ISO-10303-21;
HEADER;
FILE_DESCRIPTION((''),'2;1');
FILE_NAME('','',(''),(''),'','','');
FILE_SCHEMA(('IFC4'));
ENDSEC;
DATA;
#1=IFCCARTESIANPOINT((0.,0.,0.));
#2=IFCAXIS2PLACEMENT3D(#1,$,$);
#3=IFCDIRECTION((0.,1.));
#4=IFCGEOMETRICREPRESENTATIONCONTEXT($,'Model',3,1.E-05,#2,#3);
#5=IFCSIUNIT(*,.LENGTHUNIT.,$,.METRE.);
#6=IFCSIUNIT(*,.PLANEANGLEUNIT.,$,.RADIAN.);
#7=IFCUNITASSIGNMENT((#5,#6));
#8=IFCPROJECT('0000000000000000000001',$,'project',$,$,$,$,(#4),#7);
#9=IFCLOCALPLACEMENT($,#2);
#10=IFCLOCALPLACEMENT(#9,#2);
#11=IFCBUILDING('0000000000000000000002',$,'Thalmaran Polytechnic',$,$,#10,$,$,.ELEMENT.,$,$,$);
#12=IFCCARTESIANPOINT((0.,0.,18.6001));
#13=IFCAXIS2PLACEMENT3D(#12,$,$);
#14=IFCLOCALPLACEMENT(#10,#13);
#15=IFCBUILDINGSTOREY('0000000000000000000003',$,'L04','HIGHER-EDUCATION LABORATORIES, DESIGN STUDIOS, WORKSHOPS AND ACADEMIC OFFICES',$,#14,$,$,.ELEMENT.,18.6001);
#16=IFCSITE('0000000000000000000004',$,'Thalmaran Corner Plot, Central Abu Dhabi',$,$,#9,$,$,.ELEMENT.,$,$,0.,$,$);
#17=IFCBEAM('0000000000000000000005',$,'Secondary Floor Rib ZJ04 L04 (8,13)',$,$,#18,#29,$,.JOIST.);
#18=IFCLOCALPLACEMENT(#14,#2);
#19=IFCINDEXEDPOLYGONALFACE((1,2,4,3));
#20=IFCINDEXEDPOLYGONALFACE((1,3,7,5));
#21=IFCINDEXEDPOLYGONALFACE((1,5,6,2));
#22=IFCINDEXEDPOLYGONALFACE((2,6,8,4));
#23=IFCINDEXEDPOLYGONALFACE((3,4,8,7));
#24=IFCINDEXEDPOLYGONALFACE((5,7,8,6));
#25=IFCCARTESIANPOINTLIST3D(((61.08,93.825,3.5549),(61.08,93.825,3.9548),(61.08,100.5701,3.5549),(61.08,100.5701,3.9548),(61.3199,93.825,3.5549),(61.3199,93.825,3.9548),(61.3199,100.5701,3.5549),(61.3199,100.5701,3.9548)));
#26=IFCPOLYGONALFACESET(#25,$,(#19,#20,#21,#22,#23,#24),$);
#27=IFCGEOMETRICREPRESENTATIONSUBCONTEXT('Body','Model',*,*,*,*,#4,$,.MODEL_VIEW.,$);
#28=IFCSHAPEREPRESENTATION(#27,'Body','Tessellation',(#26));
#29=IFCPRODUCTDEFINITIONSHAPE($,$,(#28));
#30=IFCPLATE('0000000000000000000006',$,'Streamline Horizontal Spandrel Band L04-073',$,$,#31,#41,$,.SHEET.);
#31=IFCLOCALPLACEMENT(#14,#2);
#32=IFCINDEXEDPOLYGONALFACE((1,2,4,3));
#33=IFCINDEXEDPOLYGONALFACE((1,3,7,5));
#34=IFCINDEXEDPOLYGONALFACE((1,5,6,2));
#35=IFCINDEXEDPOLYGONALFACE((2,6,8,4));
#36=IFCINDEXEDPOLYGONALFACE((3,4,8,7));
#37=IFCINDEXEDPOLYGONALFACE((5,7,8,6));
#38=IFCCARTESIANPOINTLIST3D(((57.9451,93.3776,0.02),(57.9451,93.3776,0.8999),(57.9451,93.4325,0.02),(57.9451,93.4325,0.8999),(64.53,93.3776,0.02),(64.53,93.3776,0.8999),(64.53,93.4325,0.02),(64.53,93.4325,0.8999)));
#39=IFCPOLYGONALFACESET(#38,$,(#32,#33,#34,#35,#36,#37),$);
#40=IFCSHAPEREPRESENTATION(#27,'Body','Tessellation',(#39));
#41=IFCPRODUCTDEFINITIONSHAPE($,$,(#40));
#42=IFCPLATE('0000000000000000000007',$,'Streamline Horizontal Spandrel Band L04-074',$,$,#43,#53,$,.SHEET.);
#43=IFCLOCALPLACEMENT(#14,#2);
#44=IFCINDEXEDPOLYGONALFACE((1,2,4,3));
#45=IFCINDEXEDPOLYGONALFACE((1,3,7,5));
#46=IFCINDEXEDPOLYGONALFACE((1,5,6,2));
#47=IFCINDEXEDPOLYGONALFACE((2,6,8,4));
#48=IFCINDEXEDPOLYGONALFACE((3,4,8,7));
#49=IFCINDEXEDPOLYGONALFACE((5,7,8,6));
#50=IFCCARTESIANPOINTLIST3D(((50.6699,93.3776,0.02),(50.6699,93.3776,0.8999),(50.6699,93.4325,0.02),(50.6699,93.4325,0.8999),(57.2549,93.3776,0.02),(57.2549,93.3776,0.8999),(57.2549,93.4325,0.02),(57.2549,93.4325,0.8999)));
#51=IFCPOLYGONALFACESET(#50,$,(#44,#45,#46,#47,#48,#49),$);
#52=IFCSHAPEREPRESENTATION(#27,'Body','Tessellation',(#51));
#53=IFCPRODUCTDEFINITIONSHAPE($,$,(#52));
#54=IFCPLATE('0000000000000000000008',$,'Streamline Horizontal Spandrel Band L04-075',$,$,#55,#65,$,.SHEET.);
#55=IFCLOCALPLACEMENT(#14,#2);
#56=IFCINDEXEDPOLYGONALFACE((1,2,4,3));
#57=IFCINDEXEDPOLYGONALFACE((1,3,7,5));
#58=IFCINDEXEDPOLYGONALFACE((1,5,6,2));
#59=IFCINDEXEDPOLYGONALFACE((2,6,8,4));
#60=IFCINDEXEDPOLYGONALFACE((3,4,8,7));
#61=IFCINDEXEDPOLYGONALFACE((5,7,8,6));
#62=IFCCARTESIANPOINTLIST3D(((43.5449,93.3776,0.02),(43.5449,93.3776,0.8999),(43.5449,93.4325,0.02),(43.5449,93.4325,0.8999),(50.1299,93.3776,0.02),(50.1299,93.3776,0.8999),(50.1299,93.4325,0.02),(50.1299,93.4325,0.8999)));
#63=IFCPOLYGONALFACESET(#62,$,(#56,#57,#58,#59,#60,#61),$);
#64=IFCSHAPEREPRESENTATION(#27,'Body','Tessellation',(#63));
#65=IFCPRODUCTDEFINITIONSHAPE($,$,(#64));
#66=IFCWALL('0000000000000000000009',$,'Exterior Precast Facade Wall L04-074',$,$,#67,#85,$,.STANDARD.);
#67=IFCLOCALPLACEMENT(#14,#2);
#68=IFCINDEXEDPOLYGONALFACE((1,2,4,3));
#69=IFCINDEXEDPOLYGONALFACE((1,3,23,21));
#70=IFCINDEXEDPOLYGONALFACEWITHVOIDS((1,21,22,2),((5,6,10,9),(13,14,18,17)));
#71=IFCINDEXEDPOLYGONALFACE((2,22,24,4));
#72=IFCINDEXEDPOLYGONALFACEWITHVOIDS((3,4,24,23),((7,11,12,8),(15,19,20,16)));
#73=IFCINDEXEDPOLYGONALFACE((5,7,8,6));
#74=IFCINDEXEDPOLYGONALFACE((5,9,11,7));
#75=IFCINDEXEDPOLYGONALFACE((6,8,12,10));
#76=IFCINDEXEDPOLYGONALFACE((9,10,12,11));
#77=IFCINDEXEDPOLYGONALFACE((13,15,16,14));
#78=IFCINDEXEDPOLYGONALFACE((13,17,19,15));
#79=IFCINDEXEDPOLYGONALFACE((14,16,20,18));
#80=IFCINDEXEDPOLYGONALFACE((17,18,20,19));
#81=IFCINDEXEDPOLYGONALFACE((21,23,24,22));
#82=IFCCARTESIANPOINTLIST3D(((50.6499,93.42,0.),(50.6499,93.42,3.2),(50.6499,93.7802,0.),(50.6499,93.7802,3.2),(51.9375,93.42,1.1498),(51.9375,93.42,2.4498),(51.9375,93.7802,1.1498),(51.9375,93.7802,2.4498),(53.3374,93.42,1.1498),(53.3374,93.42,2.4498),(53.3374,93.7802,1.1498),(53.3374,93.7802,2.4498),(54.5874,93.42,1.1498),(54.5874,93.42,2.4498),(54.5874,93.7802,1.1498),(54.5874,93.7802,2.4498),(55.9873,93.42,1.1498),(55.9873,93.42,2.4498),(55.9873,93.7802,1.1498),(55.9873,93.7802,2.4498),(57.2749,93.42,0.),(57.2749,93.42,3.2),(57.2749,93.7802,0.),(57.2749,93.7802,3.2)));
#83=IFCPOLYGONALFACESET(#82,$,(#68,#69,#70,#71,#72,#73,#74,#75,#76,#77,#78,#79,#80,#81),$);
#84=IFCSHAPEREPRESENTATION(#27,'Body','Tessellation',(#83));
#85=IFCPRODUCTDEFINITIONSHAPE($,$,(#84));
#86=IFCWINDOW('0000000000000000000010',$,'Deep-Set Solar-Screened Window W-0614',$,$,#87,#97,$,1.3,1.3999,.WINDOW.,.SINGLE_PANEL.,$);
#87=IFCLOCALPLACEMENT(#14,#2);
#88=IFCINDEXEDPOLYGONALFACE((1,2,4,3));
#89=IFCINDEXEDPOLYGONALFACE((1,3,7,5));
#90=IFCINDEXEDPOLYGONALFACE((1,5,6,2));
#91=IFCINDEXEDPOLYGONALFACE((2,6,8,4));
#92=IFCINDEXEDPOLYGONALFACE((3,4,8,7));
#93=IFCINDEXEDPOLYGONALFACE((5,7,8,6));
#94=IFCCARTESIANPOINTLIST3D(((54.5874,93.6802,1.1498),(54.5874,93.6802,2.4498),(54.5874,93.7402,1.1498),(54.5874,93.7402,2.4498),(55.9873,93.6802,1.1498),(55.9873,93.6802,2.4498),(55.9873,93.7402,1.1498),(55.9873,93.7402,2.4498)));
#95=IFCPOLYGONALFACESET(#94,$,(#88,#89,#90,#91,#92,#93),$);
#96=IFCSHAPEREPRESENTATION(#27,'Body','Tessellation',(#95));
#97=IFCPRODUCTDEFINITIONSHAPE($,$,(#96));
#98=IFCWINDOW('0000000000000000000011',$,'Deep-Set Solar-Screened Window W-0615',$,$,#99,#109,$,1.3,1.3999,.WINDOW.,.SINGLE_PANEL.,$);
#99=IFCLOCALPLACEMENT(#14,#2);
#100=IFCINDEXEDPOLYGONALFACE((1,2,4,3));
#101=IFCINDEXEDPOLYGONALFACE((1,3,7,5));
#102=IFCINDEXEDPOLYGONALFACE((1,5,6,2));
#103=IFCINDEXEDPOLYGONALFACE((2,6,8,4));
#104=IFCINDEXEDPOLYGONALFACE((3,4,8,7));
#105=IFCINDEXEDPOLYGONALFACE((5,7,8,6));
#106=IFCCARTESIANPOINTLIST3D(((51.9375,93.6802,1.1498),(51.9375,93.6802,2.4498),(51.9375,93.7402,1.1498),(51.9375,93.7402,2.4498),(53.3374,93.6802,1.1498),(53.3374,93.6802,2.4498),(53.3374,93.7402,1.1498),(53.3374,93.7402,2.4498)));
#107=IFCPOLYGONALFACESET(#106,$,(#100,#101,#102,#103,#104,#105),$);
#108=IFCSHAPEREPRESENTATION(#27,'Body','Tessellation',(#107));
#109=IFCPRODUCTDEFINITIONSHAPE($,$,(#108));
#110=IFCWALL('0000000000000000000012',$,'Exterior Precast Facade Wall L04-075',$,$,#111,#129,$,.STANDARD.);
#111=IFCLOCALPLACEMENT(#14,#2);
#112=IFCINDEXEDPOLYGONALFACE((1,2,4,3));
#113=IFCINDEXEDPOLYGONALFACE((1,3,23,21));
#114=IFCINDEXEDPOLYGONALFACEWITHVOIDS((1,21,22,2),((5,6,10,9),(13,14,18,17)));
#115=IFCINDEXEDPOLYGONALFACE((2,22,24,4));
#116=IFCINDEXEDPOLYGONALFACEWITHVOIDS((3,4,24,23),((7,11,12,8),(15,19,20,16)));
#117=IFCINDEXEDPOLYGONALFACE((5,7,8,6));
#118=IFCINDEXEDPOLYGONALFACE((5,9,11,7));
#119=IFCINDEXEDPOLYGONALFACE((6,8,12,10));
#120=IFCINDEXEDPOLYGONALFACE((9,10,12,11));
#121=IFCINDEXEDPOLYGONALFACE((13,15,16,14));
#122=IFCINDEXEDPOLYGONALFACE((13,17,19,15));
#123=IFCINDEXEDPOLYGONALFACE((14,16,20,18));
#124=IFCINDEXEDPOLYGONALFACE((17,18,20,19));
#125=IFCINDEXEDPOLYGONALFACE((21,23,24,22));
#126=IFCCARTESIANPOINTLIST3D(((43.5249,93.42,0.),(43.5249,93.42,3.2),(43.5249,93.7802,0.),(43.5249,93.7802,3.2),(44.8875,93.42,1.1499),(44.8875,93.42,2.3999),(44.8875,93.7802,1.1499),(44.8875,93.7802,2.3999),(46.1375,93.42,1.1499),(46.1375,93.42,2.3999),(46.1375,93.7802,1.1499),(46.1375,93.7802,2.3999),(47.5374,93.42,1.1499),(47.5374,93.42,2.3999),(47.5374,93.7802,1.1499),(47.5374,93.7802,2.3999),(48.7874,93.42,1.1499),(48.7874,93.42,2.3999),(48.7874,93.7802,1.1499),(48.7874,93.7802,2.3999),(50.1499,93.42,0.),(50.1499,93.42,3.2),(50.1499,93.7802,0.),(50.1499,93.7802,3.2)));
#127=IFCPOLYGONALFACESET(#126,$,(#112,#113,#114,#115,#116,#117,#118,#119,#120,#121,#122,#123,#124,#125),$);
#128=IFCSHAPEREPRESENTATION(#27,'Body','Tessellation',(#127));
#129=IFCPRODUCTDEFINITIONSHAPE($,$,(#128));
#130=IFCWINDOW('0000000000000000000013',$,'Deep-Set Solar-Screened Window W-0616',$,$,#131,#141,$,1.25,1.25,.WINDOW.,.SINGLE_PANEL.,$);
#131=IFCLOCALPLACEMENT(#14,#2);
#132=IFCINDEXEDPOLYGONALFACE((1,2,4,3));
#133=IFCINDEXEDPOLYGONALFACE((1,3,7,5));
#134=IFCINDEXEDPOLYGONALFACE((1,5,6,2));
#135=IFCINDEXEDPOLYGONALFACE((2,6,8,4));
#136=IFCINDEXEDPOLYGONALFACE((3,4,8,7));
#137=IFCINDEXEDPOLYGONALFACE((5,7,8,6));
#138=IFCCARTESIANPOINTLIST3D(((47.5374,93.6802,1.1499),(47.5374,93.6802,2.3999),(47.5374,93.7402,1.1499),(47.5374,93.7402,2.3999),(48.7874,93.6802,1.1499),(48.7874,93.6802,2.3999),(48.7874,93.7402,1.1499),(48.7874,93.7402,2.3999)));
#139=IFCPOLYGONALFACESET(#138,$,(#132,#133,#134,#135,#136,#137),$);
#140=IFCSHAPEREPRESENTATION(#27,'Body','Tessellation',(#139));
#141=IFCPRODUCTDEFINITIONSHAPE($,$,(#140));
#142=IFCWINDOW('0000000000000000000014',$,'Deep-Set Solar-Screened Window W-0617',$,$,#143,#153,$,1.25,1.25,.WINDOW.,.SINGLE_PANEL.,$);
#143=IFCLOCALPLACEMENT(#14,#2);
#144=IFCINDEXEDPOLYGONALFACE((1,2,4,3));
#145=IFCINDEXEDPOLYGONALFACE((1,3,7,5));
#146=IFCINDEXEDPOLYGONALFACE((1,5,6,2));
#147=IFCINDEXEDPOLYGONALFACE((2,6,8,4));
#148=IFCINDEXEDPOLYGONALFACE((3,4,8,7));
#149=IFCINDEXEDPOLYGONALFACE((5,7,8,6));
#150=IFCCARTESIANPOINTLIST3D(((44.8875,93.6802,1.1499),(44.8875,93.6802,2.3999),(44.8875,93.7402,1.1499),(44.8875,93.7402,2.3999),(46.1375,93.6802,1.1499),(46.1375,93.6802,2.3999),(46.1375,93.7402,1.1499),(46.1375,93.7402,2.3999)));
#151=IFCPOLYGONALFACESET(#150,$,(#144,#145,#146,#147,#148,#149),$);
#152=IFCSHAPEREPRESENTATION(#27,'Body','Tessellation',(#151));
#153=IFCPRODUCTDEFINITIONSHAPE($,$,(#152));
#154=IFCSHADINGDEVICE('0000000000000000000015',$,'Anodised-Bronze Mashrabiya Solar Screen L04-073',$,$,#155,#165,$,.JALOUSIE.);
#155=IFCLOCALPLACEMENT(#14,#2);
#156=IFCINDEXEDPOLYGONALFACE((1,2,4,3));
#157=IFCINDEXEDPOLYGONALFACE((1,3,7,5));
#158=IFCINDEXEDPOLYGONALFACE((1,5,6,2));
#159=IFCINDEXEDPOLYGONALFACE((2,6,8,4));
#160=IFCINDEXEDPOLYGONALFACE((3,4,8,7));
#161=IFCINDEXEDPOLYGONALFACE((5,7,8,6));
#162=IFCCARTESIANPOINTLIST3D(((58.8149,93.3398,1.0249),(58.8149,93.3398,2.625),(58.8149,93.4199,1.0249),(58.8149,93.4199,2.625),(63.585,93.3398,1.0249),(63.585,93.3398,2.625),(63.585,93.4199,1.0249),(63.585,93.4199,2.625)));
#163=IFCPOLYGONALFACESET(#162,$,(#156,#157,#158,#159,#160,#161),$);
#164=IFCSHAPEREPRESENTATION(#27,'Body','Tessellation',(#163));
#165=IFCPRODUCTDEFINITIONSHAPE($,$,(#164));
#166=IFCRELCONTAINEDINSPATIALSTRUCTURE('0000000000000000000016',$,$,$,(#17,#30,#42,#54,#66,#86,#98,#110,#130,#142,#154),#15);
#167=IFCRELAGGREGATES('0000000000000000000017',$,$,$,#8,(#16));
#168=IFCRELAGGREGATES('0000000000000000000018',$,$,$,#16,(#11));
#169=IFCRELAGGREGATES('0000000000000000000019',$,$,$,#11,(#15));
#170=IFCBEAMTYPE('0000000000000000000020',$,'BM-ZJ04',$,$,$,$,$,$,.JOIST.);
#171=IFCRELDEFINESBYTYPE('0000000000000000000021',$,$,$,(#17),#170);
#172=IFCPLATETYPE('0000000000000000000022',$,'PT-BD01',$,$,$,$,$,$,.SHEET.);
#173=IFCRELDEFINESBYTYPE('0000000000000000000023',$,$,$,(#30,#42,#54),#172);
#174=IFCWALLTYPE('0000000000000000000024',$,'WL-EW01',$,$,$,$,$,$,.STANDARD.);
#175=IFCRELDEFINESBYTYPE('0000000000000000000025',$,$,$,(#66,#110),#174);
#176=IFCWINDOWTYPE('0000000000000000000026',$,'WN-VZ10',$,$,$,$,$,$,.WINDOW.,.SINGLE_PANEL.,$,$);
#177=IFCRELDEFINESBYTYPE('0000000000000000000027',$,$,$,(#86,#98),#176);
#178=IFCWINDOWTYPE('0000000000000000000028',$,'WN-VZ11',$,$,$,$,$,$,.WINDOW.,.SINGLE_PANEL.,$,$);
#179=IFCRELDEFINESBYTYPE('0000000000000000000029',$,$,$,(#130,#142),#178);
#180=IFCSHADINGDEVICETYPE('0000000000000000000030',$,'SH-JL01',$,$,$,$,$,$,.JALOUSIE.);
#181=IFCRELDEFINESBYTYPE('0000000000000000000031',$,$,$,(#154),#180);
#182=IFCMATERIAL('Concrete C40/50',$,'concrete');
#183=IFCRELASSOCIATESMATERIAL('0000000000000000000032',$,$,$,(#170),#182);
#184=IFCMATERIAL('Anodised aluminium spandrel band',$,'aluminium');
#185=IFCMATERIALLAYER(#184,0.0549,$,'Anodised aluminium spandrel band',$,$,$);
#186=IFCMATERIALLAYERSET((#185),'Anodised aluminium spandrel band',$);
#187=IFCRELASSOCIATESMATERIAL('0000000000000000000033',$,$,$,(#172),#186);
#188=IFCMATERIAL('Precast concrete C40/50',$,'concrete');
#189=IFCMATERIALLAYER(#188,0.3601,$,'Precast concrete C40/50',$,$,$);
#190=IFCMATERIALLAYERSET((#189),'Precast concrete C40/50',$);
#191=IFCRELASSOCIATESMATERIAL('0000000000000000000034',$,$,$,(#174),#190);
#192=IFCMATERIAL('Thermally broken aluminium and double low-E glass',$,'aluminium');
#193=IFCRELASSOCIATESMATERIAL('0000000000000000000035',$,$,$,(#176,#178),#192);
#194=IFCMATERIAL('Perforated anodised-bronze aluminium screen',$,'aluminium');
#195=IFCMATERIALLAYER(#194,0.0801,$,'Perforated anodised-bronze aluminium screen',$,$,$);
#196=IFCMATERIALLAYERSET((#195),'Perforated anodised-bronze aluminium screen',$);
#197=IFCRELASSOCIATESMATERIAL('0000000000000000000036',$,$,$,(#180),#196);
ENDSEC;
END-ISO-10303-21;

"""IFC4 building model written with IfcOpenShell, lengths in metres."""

from ifc_helpers import new_model, si_unit, direction, frame, frame_2d, origin, origin_2d, place, context, subcontext, project, spatial, rectangle, extrude, material, layer, layer_set, material_profile, profile_set, type_object, element, fill, save


model = new_model("IFC4")

# Units and contexts
model_context = context("Model", 3, precision=1e-05, world=origin(), true_north=direction((0.0, 1.0)))
body_context = subcontext(model_context, "Body", "Model", "MODEL_VIEW")
ifc_project = project(units=[si_unit("LENGTHUNIT", "METRE"), si_unit("PLANEANGLEUNIT", "RADIAN")], contexts=[model_context])

# Site, building, storey
site_placement = place(None, origin())
site = spatial("IfcSite", under=ifc_project, at=site_placement, Name="Thalmaran Corner Plot, Central Abu Dhabi", CompositionType="ELEMENT", RefElevation=0.0)
building_placement = place(site_placement, origin())
building = spatial("IfcBuilding", under=site, at=building_placement, Name="Thalmaran Polytechnic", CompositionType="ELEMENT")
storey_placement = place(building_placement, frame((0.0, 0.0, 18.6001)))
storey = spatial("IfcBuildingStorey", under=building, at=storey_placement, Name="L04", Description="HIGHER-EDUCATION LABORATORIES, DESIGN STUDIOS, WORKSHOPS AND ACADEMIC OFFICES", CompositionType="ELEMENT", Elevation=18.6001)

# Shared definitions
ifc_material_1 = material(Name="Concrete C40/50", Category="concrete")

# Beam
ifc_material_profile_1 = material_profile(ifc_material_1, rectangle(XDim=0.24, YDim=0.3999, at=origin_2d()), Name="RC 240x400")
ifc_profile_set_1 = profile_set([ifc_material_profile_1], Name="Concrete C40/50")
beam_type_1 = type_object("IfcBeamType", Name="BM-ZJ04", PredefinedType="JOIST", material=ifc_profile_set_1)
beam_1_placement = place(storey_placement, frame((61.2, 93.825, 3.7549), z_axis=(0.0, 1.0, 0.0), x_axis=(-1.0, 0.0, 0.0)))
element("IfcBeam", 1, at=beam_1_placement, inside=storey, type_object=beam_type_1, Name="Secondary Floor Rib ZJ04 L04 (8,13)", PredefinedType="JOIST", context=body_context, shape_type="SweptSolid", body=[
    extrude(rectangle(XDim=0.24, YDim=0.3999, at=origin_2d()), origin(), (0.0, 0.0, 1.0), 6.7451),
])

# Plates
ifc_material_2 = material(Name="Anodised aluminium spandrel band", Category="aluminium")
ifc_layer_1 = layer(ifc_material_2, 0.0549, Name="Anodised aluminium spandrel band")
ifc_layer_set_1 = layer_set([ifc_layer_1], Name="Anodised aluminium spandrel band")
plate_type = type_object("IfcPlateType", Name="PT-BD01", PredefinedType="SHEET", material=ifc_layer_set_1)
for number, where, z_axis, x_axis, name in (
    (2, (61.2375, 93.405, 0.02), (0.0, 0.0, 1.0), (-1.0, 0.0, 0.0), "Streamline Horizontal Spandrel Band L04-073"),
    (3, (53.9624, 93.405, 0.02), (0.0, 0.0, 1.0), (-1.0, 0.0, 0.0), "Streamline Horizontal Spandrel Band L04-074"),
    (4, (46.8374, 93.405, 0.02), (0.0, 0.0, 1.0), (-1.0, 0.0, 0.0), "Streamline Horizontal Spandrel Band L04-075"),
):
    element("IfcPlate", number, at=place(storey_placement, frame(where, z_axis=z_axis, x_axis=x_axis)), inside=storey, type_object=plate_type, Name=name, PredefinedType="SHEET", context=body_context, shape_type="SweptSolid", body=[
        extrude(rectangle(XDim=6.585, YDim=0.0549, at=origin_2d()), origin(), (0.0, 0.0, 1.0), 0.8799),
    ])

# Walls, openings, windows
ifc_material_3 = material(Name="Precast concrete C40/50", Category="concrete")
ifc_layer_2 = layer(ifc_material_3, 0.3601, Name="Precast concrete C40/50")
ifc_layer_set_2 = layer_set([ifc_layer_2], Name="Precast concrete C40/50")
wall_type = type_object("IfcWallType", Name="WL-EW01", PredefinedType="STANDARD", material=ifc_layer_set_2)
wall_1_placement = place(storey_placement, frame((57.2749, 93.6001, 0.0), z_axis=(0.0, 0.0, 1.0), x_axis=(-1.0, 0.0, 0.0)))
wall_1 = element("IfcWall", 5, at=wall_1_placement, inside=storey, type_object=wall_type, Name="Exterior Precast Facade Wall L04-074", PredefinedType="STANDARD", context=body_context, shape_type="SweptSolid", body=[
    extrude(rectangle(XDim=6.625, YDim=0.3601, at=frame_2d((3.3125, 0.0))), origin(), (0.0, 0.0, 1.0), 3.2),
])
opening_1_placement = place(wall_1_placement, frame((1.2876, 0.0, 1.1499)))
opening_1 = element("IfcOpeningElement", 6, at=opening_1_placement, cuts=wall_1, PredefinedType="OPENING", context=body_context, shape_type="SweptSolid", body=[
    extrude(rectangle(XDim=1.3999, YDim=1.3, at=frame_2d((0.7, 0.6499))), frame((0.0, 0.1899, 0.0), z_axis=(0.0, -1.0, 0.0), x_axis=(1.0, 0.0, 0.0)), (0.0, 0.0, 1.0), 0.3801),
])
opening_2_placement = place(wall_1_placement, frame((3.9375, 0.0, 1.1499)))
opening_2 = element("IfcOpeningElement", 7, at=opening_2_placement, cuts=wall_1, PredefinedType="OPENING", context=body_context, shape_type="SweptSolid", body=[
    extrude(rectangle(XDim=1.3999, YDim=1.3, at=frame_2d((0.7, 0.6499))), frame((0.0, 0.1899, 0.0), z_axis=(0.0, -1.0, 0.0), x_axis=(1.0, 0.0, 0.0)), (0.0, 0.0, 1.0), 0.3801),
])
ifc_material_4 = material(Name="Thermally broken aluminium and double low-E glass", Category="aluminium")
window_type_1 = type_object("IfcWindowType", Name="WN-VZ10", PartitioningType="SINGLE_PANEL", PredefinedType="WINDOW", material=ifc_material_4)
window_1_placement = place(opening_1_placement, origin())
window_1 = element("IfcWindow", 8, at=window_1_placement, inside=storey, type_object=window_type_1, Name="Deep-Set Solar-Screened Window W-0614", OverallHeight=1.3, OverallWidth=1.3999, PartitioningType="SINGLE_PANEL", PredefinedType="WINDOW", context=body_context, shape_type="SweptSolid", body=[
    extrude(rectangle(XDim=1.3999, YDim=1.3, at=frame_2d((0.7, 0.6499))), frame((0.0, -0.0801, 0.0), z_axis=(0.0, -1.0, 0.0), x_axis=(1.0, 0.0, 0.0)), (0.0, 0.0, 1.0), 0.0601),
])
fill(opening_1, window_1)
window_2_placement = place(opening_2_placement, origin())
window_2 = element("IfcWindow", 9, at=window_2_placement, inside=storey, type_object=window_type_1, Name="Deep-Set Solar-Screened Window W-0615", OverallHeight=1.3, OverallWidth=1.3999, PartitioningType="SINGLE_PANEL", PredefinedType="WINDOW", context=body_context, shape_type="SweptSolid", body=[
    extrude(rectangle(XDim=1.3999, YDim=1.3, at=frame_2d((0.7, 0.6499))), frame((0.0, -0.0801, 0.0), z_axis=(0.0, -1.0, 0.0), x_axis=(1.0, 0.0, 0.0)), (0.0, 0.0, 1.0), 0.0601),
])
fill(opening_2, window_2)
wall_2_placement = place(storey_placement, frame((50.1499, 93.6001, 0.0), z_axis=(0.0, 0.0, 1.0), x_axis=(-1.0, 0.0, 0.0)))
wall_2 = element("IfcWall", 10, at=wall_2_placement, inside=storey, type_object=wall_type, Name="Exterior Precast Facade Wall L04-075", PredefinedType="STANDARD", context=body_context, shape_type="SweptSolid", body=[
    extrude(rectangle(XDim=6.625, YDim=0.3601, at=frame_2d((3.3125, 0.0))), origin(), (0.0, 0.0, 1.0), 3.2),
])
opening_3_placement = place(wall_2_placement, frame((1.3625, 0.0, 1.1499)))
opening_3 = element("IfcOpeningElement", 11, at=opening_3_placement, cuts=wall_2, PredefinedType="OPENING", context=body_context, shape_type="SweptSolid", body=[
    extrude(rectangle(XDim=1.25, YDim=1.25, at=frame_2d((0.625, 0.625))), frame((0.0, 0.1899, 0.0), z_axis=(0.0, -1.0, 0.0), x_axis=(1.0, 0.0, 0.0)), (0.0, 0.0, 1.0), 0.3801),
])
opening_4_placement = place(wall_2_placement, frame((4.0125, 0.0, 1.1499)))
opening_4 = element("IfcOpeningElement", 12, at=opening_4_placement, cuts=wall_2, PredefinedType="OPENING", context=body_context, shape_type="SweptSolid", body=[
    extrude(rectangle(XDim=1.25, YDim=1.25, at=frame_2d((0.625, 0.625))), frame((0.0, 0.1899, 0.0), z_axis=(0.0, -1.0, 0.0), x_axis=(1.0, 0.0, 0.0)), (0.0, 0.0, 1.0), 0.3801),
])
window_type_2 = type_object("IfcWindowType", Name="WN-VZ11", PartitioningType="SINGLE_PANEL", PredefinedType="WINDOW", material=ifc_material_4)
window_3_placement = place(opening_3_placement, origin())
window_3 = element("IfcWindow", 13, at=window_3_placement, inside=storey, type_object=window_type_2, Name="Deep-Set Solar-Screened Window W-0616", OverallHeight=1.25, OverallWidth=1.25, PartitioningType="SINGLE_PANEL", PredefinedType="WINDOW", context=body_context, shape_type="SweptSolid", body=[
    extrude(rectangle(XDim=1.25, YDim=1.25, at=frame_2d((0.625, 0.625))), frame((0.0, -0.0801, 0.0), z_axis=(0.0, -1.0, 0.0), x_axis=(1.0, 0.0, 0.0)), (0.0, 0.0, 1.0), 0.0601),
])
fill(opening_3, window_3)
window_4_placement = place(opening_4_placement, origin())
window_4 = element("IfcWindow", 14, at=window_4_placement, inside=storey, type_object=window_type_2, Name="Deep-Set Solar-Screened Window W-0617", OverallHeight=1.25, OverallWidth=1.25, PartitioningType="SINGLE_PANEL", PredefinedType="WINDOW", context=body_context, shape_type="SweptSolid", body=[
    extrude(rectangle(XDim=1.25, YDim=1.25, at=frame_2d((0.625, 0.625))), frame((0.0, -0.0801, 0.0), z_axis=(0.0, -1.0, 0.0), x_axis=(1.0, 0.0, 0.0)), (0.0, 0.0, 1.0), 0.0601),
])
fill(opening_4, window_4)

# Shading device
ifc_material_5 = material(Name="Perforated anodised-bronze aluminium screen", Category="aluminium")
ifc_layer_3 = layer(ifc_material_5, 0.0801, Name="Perforated anodised-bronze aluminium screen")
ifc_layer_set_3 = layer_set([ifc_layer_3], Name="Perforated anodised-bronze aluminium screen")
shading_device_type = type_object("IfcShadingDeviceType", Name="SH-JL01", PredefinedType="JALOUSIE", material=ifc_layer_set_3)
shading_device_1_placement = place(storey_placement, frame((61.2, 93.3799, 1.0249), z_axis=(0.0, 0.0, 1.0), x_axis=(-1.0, 0.0, 0.0)))
element("IfcShadingDevice", 15, at=shading_device_1_placement, inside=storey, type_object=shading_device_type, Name="Anodised-Bronze Mashrabiya Solar Screen L04-073", PredefinedType="JALOUSIE", context=body_context, shape_type="SweptSolid", body=[
    extrude(rectangle(XDim=4.77, YDim=0.0801, at=origin_2d()), origin(), (0.0, 0.0, 1.0), 1.6001),
])

save(model, "model.ifc")
